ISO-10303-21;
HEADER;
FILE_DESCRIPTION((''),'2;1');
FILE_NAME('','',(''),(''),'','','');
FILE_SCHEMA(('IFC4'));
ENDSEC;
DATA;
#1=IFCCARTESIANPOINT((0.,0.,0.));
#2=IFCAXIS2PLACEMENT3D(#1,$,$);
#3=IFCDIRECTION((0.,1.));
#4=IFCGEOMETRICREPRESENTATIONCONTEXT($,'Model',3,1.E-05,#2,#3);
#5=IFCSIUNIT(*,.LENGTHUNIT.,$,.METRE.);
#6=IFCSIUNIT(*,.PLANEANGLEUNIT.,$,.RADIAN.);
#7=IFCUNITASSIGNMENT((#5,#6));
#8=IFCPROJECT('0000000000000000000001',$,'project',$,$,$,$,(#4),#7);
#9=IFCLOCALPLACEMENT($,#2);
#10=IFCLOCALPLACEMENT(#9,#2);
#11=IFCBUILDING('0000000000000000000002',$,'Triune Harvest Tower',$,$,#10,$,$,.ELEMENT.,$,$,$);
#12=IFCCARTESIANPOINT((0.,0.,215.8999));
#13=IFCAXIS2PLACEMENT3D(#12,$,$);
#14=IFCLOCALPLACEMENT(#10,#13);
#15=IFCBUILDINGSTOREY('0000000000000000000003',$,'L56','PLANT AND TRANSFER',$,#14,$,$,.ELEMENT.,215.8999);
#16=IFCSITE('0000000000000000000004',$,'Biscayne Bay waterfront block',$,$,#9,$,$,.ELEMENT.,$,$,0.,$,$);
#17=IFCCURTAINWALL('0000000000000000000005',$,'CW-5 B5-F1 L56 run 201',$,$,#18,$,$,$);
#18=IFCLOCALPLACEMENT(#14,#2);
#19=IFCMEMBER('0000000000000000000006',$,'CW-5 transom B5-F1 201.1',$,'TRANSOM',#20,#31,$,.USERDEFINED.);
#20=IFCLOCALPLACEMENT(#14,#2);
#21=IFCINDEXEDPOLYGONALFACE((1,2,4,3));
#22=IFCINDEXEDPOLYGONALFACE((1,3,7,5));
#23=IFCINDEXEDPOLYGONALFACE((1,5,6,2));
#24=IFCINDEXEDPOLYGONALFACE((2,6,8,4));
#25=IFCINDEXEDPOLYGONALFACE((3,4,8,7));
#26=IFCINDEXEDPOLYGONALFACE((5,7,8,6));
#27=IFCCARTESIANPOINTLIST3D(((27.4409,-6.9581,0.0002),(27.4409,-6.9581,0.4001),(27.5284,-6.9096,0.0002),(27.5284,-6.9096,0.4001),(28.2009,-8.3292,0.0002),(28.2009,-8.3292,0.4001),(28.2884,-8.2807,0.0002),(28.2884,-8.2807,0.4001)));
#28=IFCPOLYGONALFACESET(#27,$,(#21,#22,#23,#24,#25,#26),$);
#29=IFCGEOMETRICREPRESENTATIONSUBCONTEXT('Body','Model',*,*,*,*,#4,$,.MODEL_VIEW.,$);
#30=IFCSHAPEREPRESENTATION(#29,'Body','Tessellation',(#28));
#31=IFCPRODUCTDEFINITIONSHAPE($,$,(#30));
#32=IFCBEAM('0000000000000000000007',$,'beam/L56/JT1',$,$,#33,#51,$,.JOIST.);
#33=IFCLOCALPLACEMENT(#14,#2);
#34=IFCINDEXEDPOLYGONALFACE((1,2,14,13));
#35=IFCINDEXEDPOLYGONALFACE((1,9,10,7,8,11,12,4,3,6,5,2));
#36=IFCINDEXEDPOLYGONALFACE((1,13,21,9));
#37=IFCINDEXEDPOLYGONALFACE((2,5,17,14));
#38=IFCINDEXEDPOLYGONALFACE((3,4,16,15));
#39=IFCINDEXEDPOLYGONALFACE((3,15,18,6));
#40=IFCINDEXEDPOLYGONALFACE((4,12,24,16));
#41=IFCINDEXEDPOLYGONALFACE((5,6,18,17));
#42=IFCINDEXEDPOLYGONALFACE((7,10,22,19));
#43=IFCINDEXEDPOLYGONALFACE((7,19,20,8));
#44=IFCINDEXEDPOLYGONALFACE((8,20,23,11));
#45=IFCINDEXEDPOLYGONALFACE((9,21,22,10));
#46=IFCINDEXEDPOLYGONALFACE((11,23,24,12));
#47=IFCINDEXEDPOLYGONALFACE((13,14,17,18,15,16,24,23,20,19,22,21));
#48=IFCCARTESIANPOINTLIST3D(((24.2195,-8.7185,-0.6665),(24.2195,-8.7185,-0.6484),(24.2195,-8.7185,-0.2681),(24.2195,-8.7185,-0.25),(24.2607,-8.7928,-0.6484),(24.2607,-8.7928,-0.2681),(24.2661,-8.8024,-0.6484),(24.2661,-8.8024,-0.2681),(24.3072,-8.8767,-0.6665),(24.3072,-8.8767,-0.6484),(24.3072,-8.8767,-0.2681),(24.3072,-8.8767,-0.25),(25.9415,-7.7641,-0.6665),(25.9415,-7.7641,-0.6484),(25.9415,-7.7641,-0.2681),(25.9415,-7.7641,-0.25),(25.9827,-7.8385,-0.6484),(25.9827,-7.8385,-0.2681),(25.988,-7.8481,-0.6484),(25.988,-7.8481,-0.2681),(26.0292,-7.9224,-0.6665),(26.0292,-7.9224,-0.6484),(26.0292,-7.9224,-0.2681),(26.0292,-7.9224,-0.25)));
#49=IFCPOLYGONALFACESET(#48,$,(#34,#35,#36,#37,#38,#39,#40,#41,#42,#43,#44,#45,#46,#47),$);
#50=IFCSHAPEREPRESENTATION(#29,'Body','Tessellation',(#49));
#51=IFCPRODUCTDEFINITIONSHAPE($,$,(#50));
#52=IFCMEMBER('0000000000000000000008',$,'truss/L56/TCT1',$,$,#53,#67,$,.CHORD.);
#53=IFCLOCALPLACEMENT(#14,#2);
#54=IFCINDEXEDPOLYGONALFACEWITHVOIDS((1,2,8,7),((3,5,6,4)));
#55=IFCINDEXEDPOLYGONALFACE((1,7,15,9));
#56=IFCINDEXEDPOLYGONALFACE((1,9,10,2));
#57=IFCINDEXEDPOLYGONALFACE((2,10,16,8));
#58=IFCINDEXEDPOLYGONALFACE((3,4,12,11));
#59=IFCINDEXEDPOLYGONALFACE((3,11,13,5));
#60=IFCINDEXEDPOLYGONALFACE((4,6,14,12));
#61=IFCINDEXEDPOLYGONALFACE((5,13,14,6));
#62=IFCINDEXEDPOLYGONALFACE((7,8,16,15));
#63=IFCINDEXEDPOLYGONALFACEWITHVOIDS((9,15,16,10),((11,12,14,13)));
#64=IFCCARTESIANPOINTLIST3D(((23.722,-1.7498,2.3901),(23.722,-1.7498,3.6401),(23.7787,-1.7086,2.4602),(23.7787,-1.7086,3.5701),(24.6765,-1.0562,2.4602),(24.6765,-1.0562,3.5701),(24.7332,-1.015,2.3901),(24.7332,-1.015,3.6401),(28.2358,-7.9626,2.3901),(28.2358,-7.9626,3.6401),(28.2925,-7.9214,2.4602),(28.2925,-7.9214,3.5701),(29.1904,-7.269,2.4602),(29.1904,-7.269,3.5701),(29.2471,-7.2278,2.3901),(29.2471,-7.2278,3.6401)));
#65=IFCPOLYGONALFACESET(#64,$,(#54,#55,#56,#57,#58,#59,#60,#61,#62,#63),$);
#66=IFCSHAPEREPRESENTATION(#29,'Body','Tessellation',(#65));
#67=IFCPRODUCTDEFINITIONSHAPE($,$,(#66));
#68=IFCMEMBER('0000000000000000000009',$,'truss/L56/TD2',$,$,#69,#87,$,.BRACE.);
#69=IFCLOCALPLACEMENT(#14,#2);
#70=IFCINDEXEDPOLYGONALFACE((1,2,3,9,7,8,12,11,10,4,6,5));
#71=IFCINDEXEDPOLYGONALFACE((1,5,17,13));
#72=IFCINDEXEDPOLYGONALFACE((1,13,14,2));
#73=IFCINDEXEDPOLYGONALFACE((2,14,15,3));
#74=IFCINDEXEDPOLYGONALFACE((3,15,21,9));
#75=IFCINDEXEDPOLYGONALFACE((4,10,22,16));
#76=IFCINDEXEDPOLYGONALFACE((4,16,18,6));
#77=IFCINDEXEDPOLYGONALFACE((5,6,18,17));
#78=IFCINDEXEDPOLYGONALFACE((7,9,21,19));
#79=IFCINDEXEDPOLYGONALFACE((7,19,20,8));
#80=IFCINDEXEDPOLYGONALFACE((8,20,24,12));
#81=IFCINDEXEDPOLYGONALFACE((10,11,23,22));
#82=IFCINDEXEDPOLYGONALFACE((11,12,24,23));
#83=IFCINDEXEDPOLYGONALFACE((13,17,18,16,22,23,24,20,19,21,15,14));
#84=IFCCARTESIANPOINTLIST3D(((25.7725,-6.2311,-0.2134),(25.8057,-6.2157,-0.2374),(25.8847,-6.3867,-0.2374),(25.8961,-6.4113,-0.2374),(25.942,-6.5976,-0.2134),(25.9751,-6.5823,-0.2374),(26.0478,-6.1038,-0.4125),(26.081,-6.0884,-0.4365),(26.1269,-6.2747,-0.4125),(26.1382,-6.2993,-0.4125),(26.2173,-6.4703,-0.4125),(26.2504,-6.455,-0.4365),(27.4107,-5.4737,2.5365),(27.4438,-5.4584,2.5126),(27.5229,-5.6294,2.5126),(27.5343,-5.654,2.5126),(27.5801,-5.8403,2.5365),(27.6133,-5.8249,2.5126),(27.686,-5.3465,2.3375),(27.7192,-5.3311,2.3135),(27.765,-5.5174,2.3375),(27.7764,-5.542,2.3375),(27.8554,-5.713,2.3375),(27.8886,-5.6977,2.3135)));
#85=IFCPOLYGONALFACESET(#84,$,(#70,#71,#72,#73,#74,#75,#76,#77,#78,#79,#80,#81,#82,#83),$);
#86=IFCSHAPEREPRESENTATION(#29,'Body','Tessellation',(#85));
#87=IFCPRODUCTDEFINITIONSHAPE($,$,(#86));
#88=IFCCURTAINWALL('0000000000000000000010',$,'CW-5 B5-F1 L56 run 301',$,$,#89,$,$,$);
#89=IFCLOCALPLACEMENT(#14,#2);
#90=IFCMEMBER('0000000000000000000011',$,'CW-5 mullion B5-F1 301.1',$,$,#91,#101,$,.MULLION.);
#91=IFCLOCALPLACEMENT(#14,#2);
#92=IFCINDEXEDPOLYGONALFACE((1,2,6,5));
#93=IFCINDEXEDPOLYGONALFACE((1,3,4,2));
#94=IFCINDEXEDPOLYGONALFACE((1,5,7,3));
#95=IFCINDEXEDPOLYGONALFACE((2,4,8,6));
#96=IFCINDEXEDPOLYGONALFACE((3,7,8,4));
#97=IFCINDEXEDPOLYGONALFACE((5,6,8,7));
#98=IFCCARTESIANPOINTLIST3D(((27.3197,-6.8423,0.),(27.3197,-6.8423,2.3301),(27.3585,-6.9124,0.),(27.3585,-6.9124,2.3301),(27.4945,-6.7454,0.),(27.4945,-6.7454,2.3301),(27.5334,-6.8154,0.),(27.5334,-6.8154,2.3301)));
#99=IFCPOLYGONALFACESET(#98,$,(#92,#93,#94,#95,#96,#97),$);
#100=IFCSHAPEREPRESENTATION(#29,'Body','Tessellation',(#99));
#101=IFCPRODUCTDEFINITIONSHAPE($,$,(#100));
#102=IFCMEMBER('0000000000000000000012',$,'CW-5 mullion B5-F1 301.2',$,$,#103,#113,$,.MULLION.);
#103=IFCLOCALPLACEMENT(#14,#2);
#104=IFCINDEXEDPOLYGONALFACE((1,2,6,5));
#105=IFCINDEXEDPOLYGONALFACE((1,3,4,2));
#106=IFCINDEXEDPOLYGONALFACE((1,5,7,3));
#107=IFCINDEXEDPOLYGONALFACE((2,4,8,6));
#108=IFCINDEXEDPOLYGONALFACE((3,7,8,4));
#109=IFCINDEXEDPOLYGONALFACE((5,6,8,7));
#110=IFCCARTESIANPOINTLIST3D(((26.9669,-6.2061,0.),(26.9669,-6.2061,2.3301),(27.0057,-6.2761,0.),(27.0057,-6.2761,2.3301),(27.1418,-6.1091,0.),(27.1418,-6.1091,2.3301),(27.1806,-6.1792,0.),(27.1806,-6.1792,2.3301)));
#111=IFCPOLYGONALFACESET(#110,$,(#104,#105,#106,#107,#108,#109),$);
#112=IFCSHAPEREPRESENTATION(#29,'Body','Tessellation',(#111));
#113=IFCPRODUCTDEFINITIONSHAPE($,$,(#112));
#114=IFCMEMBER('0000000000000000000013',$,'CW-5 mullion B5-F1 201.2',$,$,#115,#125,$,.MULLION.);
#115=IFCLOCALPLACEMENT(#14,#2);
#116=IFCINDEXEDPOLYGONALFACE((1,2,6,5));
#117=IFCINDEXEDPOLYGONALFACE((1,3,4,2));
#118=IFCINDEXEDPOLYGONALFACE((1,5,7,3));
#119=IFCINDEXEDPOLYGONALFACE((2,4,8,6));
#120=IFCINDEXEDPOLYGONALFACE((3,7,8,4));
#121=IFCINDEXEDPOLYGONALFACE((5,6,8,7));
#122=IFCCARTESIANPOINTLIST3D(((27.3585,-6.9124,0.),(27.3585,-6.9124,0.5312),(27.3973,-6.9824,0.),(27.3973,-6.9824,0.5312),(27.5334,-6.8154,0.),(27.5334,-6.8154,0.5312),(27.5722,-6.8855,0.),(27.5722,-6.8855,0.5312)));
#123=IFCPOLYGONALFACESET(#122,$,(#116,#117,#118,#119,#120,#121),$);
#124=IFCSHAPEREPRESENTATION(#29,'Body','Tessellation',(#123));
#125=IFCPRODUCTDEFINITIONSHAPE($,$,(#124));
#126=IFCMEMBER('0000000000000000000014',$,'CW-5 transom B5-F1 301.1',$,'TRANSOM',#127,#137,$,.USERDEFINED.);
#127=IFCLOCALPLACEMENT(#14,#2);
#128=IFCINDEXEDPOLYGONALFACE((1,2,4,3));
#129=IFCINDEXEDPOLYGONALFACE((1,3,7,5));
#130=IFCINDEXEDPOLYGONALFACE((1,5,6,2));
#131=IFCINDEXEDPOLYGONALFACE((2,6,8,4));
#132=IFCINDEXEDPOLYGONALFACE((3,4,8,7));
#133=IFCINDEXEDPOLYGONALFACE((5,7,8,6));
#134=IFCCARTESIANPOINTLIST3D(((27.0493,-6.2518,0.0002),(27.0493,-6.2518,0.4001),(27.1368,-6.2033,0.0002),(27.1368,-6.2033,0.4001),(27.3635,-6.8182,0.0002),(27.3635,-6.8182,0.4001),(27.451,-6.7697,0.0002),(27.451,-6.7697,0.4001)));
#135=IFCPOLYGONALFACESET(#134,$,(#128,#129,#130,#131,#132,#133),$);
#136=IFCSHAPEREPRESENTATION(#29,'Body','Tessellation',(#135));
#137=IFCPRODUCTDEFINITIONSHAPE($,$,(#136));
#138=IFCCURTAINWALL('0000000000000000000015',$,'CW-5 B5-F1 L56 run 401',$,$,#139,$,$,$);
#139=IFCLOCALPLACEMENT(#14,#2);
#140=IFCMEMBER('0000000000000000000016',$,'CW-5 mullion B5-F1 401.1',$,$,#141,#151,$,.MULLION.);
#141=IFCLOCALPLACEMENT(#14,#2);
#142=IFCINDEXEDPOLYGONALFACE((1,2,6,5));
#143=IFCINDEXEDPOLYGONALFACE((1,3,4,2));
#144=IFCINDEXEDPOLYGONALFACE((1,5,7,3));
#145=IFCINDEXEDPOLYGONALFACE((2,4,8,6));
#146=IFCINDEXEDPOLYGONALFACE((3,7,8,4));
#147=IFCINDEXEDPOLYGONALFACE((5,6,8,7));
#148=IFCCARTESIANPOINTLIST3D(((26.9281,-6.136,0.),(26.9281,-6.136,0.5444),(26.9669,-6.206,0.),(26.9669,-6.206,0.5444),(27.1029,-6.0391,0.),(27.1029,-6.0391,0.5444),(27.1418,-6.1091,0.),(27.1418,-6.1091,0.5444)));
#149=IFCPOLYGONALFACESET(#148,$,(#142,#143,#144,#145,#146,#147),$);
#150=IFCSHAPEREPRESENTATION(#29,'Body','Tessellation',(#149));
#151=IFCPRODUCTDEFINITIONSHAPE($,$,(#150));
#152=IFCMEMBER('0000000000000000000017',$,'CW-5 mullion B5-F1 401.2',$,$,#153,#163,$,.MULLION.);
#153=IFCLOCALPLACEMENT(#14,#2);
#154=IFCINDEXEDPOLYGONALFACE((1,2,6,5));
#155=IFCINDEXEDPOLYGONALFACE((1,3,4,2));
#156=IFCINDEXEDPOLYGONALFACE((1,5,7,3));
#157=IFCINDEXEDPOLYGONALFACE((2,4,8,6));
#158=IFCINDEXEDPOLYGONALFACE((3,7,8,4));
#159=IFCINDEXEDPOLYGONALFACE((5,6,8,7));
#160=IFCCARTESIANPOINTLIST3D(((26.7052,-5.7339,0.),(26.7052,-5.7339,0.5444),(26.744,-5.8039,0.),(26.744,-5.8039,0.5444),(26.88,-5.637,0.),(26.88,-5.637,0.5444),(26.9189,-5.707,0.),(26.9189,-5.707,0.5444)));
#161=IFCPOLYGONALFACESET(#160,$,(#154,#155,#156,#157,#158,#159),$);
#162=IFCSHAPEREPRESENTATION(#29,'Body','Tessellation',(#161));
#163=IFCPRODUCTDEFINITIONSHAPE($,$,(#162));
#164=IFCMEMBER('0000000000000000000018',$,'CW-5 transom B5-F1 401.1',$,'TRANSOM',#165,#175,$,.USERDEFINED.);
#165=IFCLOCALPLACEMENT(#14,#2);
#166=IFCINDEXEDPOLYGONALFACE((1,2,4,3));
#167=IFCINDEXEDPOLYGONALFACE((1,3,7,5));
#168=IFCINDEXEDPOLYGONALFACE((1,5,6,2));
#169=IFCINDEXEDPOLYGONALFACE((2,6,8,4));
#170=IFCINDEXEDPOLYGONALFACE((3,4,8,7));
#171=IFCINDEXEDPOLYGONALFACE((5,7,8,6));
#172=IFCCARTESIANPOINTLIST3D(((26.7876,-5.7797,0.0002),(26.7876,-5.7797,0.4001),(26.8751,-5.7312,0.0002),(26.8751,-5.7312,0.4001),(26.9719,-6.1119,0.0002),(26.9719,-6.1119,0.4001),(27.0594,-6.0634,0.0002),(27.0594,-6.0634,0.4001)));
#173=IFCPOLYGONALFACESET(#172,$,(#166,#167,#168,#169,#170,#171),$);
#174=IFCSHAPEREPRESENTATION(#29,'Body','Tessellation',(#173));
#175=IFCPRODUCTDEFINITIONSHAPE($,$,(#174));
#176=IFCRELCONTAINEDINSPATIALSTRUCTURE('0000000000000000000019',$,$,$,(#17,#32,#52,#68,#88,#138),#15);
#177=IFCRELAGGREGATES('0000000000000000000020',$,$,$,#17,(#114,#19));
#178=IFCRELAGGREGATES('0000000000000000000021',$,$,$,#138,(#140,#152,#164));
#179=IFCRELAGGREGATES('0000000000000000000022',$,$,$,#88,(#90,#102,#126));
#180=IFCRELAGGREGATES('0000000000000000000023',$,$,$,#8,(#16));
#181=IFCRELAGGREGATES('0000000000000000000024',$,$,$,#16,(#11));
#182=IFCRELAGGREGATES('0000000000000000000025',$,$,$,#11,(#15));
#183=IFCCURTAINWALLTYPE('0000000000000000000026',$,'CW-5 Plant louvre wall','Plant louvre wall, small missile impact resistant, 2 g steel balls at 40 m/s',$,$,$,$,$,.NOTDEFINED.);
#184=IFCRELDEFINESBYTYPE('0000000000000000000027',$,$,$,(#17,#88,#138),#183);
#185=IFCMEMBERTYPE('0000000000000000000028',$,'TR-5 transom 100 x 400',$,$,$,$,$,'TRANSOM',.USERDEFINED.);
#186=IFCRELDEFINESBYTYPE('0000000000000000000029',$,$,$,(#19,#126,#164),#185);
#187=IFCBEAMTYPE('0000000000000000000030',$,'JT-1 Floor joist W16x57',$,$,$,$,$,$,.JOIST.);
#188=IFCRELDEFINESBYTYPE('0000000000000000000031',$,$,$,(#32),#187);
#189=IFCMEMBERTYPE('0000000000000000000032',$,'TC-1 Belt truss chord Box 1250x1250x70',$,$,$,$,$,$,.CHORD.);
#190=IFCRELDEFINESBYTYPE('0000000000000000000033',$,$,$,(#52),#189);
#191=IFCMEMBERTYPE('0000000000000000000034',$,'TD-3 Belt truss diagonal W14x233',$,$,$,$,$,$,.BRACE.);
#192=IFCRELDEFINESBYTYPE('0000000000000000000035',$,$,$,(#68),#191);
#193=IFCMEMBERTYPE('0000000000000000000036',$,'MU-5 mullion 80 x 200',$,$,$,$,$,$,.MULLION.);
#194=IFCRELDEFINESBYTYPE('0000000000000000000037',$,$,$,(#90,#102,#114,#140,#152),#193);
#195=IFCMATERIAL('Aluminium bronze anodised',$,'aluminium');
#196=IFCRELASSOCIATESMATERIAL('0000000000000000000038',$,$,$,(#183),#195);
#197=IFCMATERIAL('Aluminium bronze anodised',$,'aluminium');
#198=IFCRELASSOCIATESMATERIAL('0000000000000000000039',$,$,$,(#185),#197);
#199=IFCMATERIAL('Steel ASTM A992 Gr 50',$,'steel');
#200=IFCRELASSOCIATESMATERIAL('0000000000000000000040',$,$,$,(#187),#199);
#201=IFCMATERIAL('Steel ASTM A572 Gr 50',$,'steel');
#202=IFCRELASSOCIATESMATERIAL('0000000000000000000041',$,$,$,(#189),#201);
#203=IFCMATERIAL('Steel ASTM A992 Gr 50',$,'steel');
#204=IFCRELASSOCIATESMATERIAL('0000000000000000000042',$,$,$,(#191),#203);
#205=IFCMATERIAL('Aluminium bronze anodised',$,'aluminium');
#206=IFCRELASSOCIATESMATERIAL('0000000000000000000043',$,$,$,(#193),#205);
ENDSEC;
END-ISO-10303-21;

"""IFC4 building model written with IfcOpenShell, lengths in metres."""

from ifc_helpers import new_model, si_unit, direction, frame, origin, origin_2d, place, context, subcontext, project, spatial, rectangle, hollow_rectangle, i_section, extrude, source, transform, mapped, material, material_profile, profile_set, type_object, element, aggregate, save


model = new_model("IFC4")

# Units and contexts
model_context = context("Model", 3, precision=1e-05, world=origin(), true_north=direction((0.0, 1.0)))
body_context = subcontext(model_context, "Body", "Model", "MODEL_VIEW")
ifc_project = project(units=[si_unit("LENGTHUNIT", "METRE"), si_unit("PLANEANGLEUNIT", "RADIAN")], contexts=[model_context])

# Site, building, storey
site_placement = place(None, origin())
site = spatial("IfcSite", under=ifc_project, at=site_placement, Name="Biscayne Bay waterfront block", CompositionType="ELEMENT", RefElevation=0.0)
building_placement = place(site_placement, origin())
building = spatial("IfcBuilding", under=site, at=building_placement, Name="Triune Harvest Tower", CompositionType="ELEMENT")
storey_placement = place(building_placement, frame((0.0, 0.0, 215.8999)))
storey = spatial("IfcBuildingStorey", under=building, at=storey_placement, Name="L56", Description="PLANT AND TRANSFER", CompositionType="ELEMENT", Elevation=215.8999)

# Curtain wall, member
ifc_material_1 = material(Name="Aluminium bronze anodised", Category="aluminium")
curtain_wall_type = type_object("IfcCurtainWallType", Name="CW-5 Plant louvre wall", Description="Plant louvre wall, small missile impact resistant, 2 g steel balls at 40 m/s", PredefinedType="NOTDEFINED", material=ifc_material_1)
curtain_wall_1_placement = place(storey_placement, origin())
curtain_wall_1 = element("IfcCurtainWall", 1, at=curtain_wall_1_placement, inside=storey, type_object=curtain_wall_type, Name="CW-5 B5-F1 L56 run 201")
ifc_material_2 = material(Name="Aluminium bronze anodised", Category="aluminium")
ifc_material_profile_1 = material_profile(ifc_material_2, rectangle(XDim=0.1001, YDim=0.3999, at=origin_2d()), Name="TR-5 transom 100 x 400")
ifc_profile_set_1 = profile_set([ifc_material_profile_1], Name="Aluminium bronze anodised")
member_type_1 = type_object("IfcMemberType", Name="TR-5 transom 100 x 400", ElementType="TRANSOM", PredefinedType="USERDEFINED", material=ifc_profile_set_1)
member_1_placement = place(storey_placement, frame((28.2446, -8.3049, 0.2002), z_axis=(-0.48481, 0.87462, 0.0), x_axis=(-0.87462, -0.48481, 0.0)))
member_1 = element("IfcMember", 2, at=member_1_placement, type_object=member_type_1, Name="CW-5 transom B5-F1 201.1", ObjectType="TRANSOM", PredefinedType="USERDEFINED", context=body_context, shape_type="SweptSolid", body=[
    extrude(rectangle(XDim=0.1001, YDim=0.3999, at=origin_2d()), origin(), (0.0, 0.0, 1.0), 1.5676),
])

# Beam
ifc_material_3 = material(Name="Steel ASTM A992 Gr 50", Category="steel")
ifc_material_profile_2 = material_profile(ifc_material_3, i_section(OverallWidth=0.1809, OverallDepth=0.4165, WebThickness=0.011, FlangeThickness=0.0181, at=origin_2d()), Name="W16x57")
ifc_profile_set_2 = profile_set([ifc_material_profile_2], Name="Steel ASTM A992 Gr 50")
beam_type = type_object("IfcBeamType", Name="JT-1 Floor joist W16x57", PredefinedType="JOIST", material=ifc_profile_set_2)
shared_shape_1 = source(origin(), body_context, "Body", "SweptSolid", [
    extrude(i_section(OverallWidth=0.1809, OverallDepth=0.4165, WebThickness=0.011, FlangeThickness=0.0181, at=origin_2d()), origin(), (0.0, 0.0, 1.0), 1.9688),
])
beam_placement = place(storey_placement, frame((25.9854, -7.8433, -0.4583), z_axis=(-0.874648, -0.484758, 0.0), x_axis=(0.484758, -0.874648, 0.0)))
element("IfcBeam", 3, at=beam_placement, inside=storey, type_object=beam_type, Name="beam/L56/JT1", PredefinedType="JOIST", context=body_context, shape_type="MappedRepresentation", body=[
    mapped(shared_shape_1, transform((0.0, 0.0, 0.0), scale=1.0)),
])

# Members
ifc_material_4 = material(Name="Steel ASTM A572 Gr 50", Category="steel")
ifc_material_profile_3 = material_profile(ifc_material_4, hollow_rectangle(XDim=1.25, YDim=1.25, WallThickness=0.0701, at=origin_2d()), Name="Box 1250x1250x70")
ifc_profile_set_3 = profile_set([ifc_material_profile_3], Name="Steel ASTM A572 Gr 50")
member_type_2 = type_object("IfcMemberType", Name="TC-1 Belt truss chord Box 1250x1250x70", PredefinedType="CHORD", material=ifc_profile_set_3)
shared_shape_2 = source(origin(), body_context, "Body", "SweptSolid", [
    extrude(hollow_rectangle(XDim=1.25, YDim=1.25, WallThickness=0.0701, at=origin_2d()), origin(), (0.0, 0.0, 1.0), 7.6794),
])
member_2_placement = place(storey_placement, frame((28.7415, -7.5952, 3.0151), z_axis=(-0.587784, 0.809018, 0.0), x_axis=(-0.809018, -0.587784, 0.0)))
element("IfcMember", 4, at=member_2_placement, inside=storey, type_object=member_type_2, Name="truss/L56/TCT1", PredefinedType="CHORD", context=body_context, shape_type="MappedRepresentation", body=[
    mapped(shared_shape_2, transform((0.0, 0.0, 0.0), scale=1.0)),
])
ifc_material_5 = material(Name="Steel ASTM A992 Gr 50", Category="steel")
ifc_material_profile_4 = material_profile(ifc_material_5, i_section(OverallWidth=0.4038, OverallDepth=0.4065, WebThickness=0.0271, FlangeThickness=0.0437, at=origin_2d()), Name="W14x233")
ifc_profile_set_4 = profile_set([ifc_material_profile_4], Name="Steel ASTM A992 Gr 50")
member_type_3 = type_object("IfcMemberType", Name="TD-3 Belt truss diagonal W14x233", PredefinedType="BRACE", material=ifc_profile_set_4)
shared_shape_3 = source(origin(), body_context, "Body", "SweptSolid", [
    extrude(i_section(OverallWidth=0.4038, OverallDepth=0.4065, WebThickness=0.0271, FlangeThickness=0.0437, at=origin_2d()), origin(), (0.0, 0.0, 1.0), 3.2893),
])
member_3_placement = place(storey_placement, frame((26.0115, -6.343, -0.325), z_axis=(0.49803, 0.230237, 0.836037), x_axis=(-0.419624, 0.907698, 0.0)))
element("IfcMember", 5, at=member_3_placement, inside=storey, type_object=member_type_3, Name="truss/L56/TD2", PredefinedType="BRACE", context=body_context, shape_type="MappedRepresentation", body=[
    mapped(shared_shape_3, transform((0.0, 0.0, 0.0), scale=1.0)),
])

# Curtain wall, members
curtain_wall_2_placement = place(storey_placement, origin())
curtain_wall_2 = element("IfcCurtainWall", 6, at=curtain_wall_2_placement, inside=storey, type_object=curtain_wall_type, Name="CW-5 B5-F1 L56 run 301")
ifc_material_6 = material(Name="Aluminium bronze anodised", Category="aluminium")
ifc_material_profile_5 = material_profile(ifc_material_6, rectangle(XDim=0.2, YDim=0.0801, at=origin_2d()), Name="MU-5 mullion 80 x 200")
ifc_profile_set_5 = profile_set([ifc_material_profile_5], Name="Aluminium bronze anodised")
member_type_4 = type_object("IfcMemberType", Name="MU-5 mullion 80 x 200", PredefinedType="MULLION", material=ifc_profile_set_5)
shared_shape_4 = source(origin(), body_context, "Body", "SweptSolid", [
    extrude(rectangle(XDim=0.2, YDim=0.0801, at=origin_2d()), origin(), (0.0, 0.0, 1.0), 2.3301),
])
member_4_placement = place(storey_placement, frame((27.4265, -6.8289, 0.0), z_axis=(0.0, 0.0, 1.0), x_axis=(-0.874572, -0.484896, 0.0)))
member_4 = element("IfcMember", 7, at=member_4_placement, type_object=member_type_4, Name="CW-5 mullion B5-F1 301.1", PredefinedType="MULLION", context=body_context, shape_type="MappedRepresentation", body=[
    mapped(shared_shape_4, transform((0.0, 0.0, 0.0), scale=1.0)),
])
member_5_placement = place(storey_placement, frame((27.0737, -6.1926, 0.0), z_axis=(0.0, 0.0, 1.0), x_axis=(-0.874572, -0.484896, 0.0)))
member_5 = element("IfcMember", 8, at=member_5_placement, type_object=member_type_4, Name="CW-5 mullion B5-F1 301.2", PredefinedType="MULLION", context=body_context, shape_type="MappedRepresentation", body=[
    mapped(shared_shape_4, transform((0.0, 0.0, 0.0), scale=1.0)),
])

# Members
shared_shape_5 = source(origin(), body_context, "Body", "SweptSolid", [
    extrude(rectangle(XDim=0.2, YDim=0.0801, at=origin_2d()), origin(), (0.0, 0.0, 1.0), 0.5312),
])
member_6_placement = place(storey_placement, frame((27.4653, -6.8989, 0.0), z_axis=(0.0, 0.0, 1.0), x_axis=(-0.874635, -0.484783, 0.0)))
member_6 = element("IfcMember", 9, at=member_6_placement, type_object=member_type_4, Name="CW-5 mullion B5-F1 201.2", PredefinedType="MULLION", context=body_context, shape_type="MappedRepresentation", body=[
    mapped(shared_shape_5, transform((0.0, 0.0, 0.0), scale=1.0)),
])
shared_shape_6 = source(origin(), body_context, "Body", "SweptSolid", [
    extrude(rectangle(XDim=0.1001, YDim=0.3999, at=origin_2d()), origin(), (0.0, 0.0, 1.0), 0.6477),
])
member_7_placement = place(storey_placement, frame((27.4072, -6.7939, 0.2002), z_axis=(-0.485099, 0.874459, 0.0), x_axis=(-0.874459, -0.485099, 0.0)))
member_7 = element("IfcMember", 10, at=member_7_placement, type_object=member_type_1, Name="CW-5 transom B5-F1 301.1", ObjectType="TRANSOM", PredefinedType="USERDEFINED", context=body_context, shape_type="MappedRepresentation", body=[
    mapped(shared_shape_6, transform((0.0, 0.0, 0.0), scale=1.0)),
])

# Curtain wall, members
curtain_wall_3_placement = place(storey_placement, origin())
curtain_wall_3 = element("IfcCurtainWall", 11, at=curtain_wall_3_placement, inside=storey, type_object=curtain_wall_type, Name="CW-5 B5-F1 L56 run 401")
shared_shape_7 = source(origin(), body_context, "Body", "SweptSolid", [
    extrude(rectangle(XDim=0.2, YDim=0.0801, at=origin_2d()), origin(), (0.0, 0.0, 1.0), 0.5444),
])
member_8_placement = place(storey_placement, frame((27.0349, -6.1226, 0.0), z_axis=(0.0, 0.0, 1.0), x_axis=(-0.874655, -0.484746, 0.0)))
member_8 = element("IfcMember", 12, at=member_8_placement, type_object=member_type_4, Name="CW-5 mullion B5-F1 401.1", PredefinedType="MULLION", context=body_context, shape_type="MappedRepresentation", body=[
    mapped(shared_shape_7, transform((0.0, 0.0, 0.0), scale=1.0)),
])
member_9_placement = place(storey_placement, frame((26.812, -5.7205, 0.0), z_axis=(0.0, 0.0, 1.0), x_axis=(-0.874655, -0.484746, 0.0)))
member_9 = element("IfcMember", 13, at=member_9_placement, type_object=member_type_4, Name="CW-5 mullion B5-F1 401.2", PredefinedType="MULLION", context=body_context, shape_type="MappedRepresentation", body=[
    mapped(shared_shape_7, transform((0.0, 0.0, 0.0), scale=1.0)),
])
shared_shape_8 = source(origin(), body_context, "Body", "SweptSolid", [
    extrude(rectangle(XDim=0.1001, YDim=0.3999, at=origin_2d()), origin(), (0.0, 0.0, 1.0), 0.3799),
])
member_10_placement = place(storey_placement, frame((27.0156, -6.0876, 0.2002), z_axis=(-0.485097, 0.87446, 0.0), x_axis=(-0.87446, -0.485097, 0.0)))
member_10 = element("IfcMember", 14, at=member_10_placement, type_object=member_type_1, Name="CW-5 transom B5-F1 401.1", ObjectType="TRANSOM", PredefinedType="USERDEFINED", context=body_context, shape_type="MappedRepresentation", body=[
    mapped(shared_shape_8, transform((0.0, 0.0, 0.0), scale=1.0)),
])

aggregate(curtain_wall_1, [member_6, member_1])
aggregate(curtain_wall_3, [member_8, member_9, member_10])
aggregate(curtain_wall_2, [member_4, member_5, member_7])

save(model, "model.ifc")
